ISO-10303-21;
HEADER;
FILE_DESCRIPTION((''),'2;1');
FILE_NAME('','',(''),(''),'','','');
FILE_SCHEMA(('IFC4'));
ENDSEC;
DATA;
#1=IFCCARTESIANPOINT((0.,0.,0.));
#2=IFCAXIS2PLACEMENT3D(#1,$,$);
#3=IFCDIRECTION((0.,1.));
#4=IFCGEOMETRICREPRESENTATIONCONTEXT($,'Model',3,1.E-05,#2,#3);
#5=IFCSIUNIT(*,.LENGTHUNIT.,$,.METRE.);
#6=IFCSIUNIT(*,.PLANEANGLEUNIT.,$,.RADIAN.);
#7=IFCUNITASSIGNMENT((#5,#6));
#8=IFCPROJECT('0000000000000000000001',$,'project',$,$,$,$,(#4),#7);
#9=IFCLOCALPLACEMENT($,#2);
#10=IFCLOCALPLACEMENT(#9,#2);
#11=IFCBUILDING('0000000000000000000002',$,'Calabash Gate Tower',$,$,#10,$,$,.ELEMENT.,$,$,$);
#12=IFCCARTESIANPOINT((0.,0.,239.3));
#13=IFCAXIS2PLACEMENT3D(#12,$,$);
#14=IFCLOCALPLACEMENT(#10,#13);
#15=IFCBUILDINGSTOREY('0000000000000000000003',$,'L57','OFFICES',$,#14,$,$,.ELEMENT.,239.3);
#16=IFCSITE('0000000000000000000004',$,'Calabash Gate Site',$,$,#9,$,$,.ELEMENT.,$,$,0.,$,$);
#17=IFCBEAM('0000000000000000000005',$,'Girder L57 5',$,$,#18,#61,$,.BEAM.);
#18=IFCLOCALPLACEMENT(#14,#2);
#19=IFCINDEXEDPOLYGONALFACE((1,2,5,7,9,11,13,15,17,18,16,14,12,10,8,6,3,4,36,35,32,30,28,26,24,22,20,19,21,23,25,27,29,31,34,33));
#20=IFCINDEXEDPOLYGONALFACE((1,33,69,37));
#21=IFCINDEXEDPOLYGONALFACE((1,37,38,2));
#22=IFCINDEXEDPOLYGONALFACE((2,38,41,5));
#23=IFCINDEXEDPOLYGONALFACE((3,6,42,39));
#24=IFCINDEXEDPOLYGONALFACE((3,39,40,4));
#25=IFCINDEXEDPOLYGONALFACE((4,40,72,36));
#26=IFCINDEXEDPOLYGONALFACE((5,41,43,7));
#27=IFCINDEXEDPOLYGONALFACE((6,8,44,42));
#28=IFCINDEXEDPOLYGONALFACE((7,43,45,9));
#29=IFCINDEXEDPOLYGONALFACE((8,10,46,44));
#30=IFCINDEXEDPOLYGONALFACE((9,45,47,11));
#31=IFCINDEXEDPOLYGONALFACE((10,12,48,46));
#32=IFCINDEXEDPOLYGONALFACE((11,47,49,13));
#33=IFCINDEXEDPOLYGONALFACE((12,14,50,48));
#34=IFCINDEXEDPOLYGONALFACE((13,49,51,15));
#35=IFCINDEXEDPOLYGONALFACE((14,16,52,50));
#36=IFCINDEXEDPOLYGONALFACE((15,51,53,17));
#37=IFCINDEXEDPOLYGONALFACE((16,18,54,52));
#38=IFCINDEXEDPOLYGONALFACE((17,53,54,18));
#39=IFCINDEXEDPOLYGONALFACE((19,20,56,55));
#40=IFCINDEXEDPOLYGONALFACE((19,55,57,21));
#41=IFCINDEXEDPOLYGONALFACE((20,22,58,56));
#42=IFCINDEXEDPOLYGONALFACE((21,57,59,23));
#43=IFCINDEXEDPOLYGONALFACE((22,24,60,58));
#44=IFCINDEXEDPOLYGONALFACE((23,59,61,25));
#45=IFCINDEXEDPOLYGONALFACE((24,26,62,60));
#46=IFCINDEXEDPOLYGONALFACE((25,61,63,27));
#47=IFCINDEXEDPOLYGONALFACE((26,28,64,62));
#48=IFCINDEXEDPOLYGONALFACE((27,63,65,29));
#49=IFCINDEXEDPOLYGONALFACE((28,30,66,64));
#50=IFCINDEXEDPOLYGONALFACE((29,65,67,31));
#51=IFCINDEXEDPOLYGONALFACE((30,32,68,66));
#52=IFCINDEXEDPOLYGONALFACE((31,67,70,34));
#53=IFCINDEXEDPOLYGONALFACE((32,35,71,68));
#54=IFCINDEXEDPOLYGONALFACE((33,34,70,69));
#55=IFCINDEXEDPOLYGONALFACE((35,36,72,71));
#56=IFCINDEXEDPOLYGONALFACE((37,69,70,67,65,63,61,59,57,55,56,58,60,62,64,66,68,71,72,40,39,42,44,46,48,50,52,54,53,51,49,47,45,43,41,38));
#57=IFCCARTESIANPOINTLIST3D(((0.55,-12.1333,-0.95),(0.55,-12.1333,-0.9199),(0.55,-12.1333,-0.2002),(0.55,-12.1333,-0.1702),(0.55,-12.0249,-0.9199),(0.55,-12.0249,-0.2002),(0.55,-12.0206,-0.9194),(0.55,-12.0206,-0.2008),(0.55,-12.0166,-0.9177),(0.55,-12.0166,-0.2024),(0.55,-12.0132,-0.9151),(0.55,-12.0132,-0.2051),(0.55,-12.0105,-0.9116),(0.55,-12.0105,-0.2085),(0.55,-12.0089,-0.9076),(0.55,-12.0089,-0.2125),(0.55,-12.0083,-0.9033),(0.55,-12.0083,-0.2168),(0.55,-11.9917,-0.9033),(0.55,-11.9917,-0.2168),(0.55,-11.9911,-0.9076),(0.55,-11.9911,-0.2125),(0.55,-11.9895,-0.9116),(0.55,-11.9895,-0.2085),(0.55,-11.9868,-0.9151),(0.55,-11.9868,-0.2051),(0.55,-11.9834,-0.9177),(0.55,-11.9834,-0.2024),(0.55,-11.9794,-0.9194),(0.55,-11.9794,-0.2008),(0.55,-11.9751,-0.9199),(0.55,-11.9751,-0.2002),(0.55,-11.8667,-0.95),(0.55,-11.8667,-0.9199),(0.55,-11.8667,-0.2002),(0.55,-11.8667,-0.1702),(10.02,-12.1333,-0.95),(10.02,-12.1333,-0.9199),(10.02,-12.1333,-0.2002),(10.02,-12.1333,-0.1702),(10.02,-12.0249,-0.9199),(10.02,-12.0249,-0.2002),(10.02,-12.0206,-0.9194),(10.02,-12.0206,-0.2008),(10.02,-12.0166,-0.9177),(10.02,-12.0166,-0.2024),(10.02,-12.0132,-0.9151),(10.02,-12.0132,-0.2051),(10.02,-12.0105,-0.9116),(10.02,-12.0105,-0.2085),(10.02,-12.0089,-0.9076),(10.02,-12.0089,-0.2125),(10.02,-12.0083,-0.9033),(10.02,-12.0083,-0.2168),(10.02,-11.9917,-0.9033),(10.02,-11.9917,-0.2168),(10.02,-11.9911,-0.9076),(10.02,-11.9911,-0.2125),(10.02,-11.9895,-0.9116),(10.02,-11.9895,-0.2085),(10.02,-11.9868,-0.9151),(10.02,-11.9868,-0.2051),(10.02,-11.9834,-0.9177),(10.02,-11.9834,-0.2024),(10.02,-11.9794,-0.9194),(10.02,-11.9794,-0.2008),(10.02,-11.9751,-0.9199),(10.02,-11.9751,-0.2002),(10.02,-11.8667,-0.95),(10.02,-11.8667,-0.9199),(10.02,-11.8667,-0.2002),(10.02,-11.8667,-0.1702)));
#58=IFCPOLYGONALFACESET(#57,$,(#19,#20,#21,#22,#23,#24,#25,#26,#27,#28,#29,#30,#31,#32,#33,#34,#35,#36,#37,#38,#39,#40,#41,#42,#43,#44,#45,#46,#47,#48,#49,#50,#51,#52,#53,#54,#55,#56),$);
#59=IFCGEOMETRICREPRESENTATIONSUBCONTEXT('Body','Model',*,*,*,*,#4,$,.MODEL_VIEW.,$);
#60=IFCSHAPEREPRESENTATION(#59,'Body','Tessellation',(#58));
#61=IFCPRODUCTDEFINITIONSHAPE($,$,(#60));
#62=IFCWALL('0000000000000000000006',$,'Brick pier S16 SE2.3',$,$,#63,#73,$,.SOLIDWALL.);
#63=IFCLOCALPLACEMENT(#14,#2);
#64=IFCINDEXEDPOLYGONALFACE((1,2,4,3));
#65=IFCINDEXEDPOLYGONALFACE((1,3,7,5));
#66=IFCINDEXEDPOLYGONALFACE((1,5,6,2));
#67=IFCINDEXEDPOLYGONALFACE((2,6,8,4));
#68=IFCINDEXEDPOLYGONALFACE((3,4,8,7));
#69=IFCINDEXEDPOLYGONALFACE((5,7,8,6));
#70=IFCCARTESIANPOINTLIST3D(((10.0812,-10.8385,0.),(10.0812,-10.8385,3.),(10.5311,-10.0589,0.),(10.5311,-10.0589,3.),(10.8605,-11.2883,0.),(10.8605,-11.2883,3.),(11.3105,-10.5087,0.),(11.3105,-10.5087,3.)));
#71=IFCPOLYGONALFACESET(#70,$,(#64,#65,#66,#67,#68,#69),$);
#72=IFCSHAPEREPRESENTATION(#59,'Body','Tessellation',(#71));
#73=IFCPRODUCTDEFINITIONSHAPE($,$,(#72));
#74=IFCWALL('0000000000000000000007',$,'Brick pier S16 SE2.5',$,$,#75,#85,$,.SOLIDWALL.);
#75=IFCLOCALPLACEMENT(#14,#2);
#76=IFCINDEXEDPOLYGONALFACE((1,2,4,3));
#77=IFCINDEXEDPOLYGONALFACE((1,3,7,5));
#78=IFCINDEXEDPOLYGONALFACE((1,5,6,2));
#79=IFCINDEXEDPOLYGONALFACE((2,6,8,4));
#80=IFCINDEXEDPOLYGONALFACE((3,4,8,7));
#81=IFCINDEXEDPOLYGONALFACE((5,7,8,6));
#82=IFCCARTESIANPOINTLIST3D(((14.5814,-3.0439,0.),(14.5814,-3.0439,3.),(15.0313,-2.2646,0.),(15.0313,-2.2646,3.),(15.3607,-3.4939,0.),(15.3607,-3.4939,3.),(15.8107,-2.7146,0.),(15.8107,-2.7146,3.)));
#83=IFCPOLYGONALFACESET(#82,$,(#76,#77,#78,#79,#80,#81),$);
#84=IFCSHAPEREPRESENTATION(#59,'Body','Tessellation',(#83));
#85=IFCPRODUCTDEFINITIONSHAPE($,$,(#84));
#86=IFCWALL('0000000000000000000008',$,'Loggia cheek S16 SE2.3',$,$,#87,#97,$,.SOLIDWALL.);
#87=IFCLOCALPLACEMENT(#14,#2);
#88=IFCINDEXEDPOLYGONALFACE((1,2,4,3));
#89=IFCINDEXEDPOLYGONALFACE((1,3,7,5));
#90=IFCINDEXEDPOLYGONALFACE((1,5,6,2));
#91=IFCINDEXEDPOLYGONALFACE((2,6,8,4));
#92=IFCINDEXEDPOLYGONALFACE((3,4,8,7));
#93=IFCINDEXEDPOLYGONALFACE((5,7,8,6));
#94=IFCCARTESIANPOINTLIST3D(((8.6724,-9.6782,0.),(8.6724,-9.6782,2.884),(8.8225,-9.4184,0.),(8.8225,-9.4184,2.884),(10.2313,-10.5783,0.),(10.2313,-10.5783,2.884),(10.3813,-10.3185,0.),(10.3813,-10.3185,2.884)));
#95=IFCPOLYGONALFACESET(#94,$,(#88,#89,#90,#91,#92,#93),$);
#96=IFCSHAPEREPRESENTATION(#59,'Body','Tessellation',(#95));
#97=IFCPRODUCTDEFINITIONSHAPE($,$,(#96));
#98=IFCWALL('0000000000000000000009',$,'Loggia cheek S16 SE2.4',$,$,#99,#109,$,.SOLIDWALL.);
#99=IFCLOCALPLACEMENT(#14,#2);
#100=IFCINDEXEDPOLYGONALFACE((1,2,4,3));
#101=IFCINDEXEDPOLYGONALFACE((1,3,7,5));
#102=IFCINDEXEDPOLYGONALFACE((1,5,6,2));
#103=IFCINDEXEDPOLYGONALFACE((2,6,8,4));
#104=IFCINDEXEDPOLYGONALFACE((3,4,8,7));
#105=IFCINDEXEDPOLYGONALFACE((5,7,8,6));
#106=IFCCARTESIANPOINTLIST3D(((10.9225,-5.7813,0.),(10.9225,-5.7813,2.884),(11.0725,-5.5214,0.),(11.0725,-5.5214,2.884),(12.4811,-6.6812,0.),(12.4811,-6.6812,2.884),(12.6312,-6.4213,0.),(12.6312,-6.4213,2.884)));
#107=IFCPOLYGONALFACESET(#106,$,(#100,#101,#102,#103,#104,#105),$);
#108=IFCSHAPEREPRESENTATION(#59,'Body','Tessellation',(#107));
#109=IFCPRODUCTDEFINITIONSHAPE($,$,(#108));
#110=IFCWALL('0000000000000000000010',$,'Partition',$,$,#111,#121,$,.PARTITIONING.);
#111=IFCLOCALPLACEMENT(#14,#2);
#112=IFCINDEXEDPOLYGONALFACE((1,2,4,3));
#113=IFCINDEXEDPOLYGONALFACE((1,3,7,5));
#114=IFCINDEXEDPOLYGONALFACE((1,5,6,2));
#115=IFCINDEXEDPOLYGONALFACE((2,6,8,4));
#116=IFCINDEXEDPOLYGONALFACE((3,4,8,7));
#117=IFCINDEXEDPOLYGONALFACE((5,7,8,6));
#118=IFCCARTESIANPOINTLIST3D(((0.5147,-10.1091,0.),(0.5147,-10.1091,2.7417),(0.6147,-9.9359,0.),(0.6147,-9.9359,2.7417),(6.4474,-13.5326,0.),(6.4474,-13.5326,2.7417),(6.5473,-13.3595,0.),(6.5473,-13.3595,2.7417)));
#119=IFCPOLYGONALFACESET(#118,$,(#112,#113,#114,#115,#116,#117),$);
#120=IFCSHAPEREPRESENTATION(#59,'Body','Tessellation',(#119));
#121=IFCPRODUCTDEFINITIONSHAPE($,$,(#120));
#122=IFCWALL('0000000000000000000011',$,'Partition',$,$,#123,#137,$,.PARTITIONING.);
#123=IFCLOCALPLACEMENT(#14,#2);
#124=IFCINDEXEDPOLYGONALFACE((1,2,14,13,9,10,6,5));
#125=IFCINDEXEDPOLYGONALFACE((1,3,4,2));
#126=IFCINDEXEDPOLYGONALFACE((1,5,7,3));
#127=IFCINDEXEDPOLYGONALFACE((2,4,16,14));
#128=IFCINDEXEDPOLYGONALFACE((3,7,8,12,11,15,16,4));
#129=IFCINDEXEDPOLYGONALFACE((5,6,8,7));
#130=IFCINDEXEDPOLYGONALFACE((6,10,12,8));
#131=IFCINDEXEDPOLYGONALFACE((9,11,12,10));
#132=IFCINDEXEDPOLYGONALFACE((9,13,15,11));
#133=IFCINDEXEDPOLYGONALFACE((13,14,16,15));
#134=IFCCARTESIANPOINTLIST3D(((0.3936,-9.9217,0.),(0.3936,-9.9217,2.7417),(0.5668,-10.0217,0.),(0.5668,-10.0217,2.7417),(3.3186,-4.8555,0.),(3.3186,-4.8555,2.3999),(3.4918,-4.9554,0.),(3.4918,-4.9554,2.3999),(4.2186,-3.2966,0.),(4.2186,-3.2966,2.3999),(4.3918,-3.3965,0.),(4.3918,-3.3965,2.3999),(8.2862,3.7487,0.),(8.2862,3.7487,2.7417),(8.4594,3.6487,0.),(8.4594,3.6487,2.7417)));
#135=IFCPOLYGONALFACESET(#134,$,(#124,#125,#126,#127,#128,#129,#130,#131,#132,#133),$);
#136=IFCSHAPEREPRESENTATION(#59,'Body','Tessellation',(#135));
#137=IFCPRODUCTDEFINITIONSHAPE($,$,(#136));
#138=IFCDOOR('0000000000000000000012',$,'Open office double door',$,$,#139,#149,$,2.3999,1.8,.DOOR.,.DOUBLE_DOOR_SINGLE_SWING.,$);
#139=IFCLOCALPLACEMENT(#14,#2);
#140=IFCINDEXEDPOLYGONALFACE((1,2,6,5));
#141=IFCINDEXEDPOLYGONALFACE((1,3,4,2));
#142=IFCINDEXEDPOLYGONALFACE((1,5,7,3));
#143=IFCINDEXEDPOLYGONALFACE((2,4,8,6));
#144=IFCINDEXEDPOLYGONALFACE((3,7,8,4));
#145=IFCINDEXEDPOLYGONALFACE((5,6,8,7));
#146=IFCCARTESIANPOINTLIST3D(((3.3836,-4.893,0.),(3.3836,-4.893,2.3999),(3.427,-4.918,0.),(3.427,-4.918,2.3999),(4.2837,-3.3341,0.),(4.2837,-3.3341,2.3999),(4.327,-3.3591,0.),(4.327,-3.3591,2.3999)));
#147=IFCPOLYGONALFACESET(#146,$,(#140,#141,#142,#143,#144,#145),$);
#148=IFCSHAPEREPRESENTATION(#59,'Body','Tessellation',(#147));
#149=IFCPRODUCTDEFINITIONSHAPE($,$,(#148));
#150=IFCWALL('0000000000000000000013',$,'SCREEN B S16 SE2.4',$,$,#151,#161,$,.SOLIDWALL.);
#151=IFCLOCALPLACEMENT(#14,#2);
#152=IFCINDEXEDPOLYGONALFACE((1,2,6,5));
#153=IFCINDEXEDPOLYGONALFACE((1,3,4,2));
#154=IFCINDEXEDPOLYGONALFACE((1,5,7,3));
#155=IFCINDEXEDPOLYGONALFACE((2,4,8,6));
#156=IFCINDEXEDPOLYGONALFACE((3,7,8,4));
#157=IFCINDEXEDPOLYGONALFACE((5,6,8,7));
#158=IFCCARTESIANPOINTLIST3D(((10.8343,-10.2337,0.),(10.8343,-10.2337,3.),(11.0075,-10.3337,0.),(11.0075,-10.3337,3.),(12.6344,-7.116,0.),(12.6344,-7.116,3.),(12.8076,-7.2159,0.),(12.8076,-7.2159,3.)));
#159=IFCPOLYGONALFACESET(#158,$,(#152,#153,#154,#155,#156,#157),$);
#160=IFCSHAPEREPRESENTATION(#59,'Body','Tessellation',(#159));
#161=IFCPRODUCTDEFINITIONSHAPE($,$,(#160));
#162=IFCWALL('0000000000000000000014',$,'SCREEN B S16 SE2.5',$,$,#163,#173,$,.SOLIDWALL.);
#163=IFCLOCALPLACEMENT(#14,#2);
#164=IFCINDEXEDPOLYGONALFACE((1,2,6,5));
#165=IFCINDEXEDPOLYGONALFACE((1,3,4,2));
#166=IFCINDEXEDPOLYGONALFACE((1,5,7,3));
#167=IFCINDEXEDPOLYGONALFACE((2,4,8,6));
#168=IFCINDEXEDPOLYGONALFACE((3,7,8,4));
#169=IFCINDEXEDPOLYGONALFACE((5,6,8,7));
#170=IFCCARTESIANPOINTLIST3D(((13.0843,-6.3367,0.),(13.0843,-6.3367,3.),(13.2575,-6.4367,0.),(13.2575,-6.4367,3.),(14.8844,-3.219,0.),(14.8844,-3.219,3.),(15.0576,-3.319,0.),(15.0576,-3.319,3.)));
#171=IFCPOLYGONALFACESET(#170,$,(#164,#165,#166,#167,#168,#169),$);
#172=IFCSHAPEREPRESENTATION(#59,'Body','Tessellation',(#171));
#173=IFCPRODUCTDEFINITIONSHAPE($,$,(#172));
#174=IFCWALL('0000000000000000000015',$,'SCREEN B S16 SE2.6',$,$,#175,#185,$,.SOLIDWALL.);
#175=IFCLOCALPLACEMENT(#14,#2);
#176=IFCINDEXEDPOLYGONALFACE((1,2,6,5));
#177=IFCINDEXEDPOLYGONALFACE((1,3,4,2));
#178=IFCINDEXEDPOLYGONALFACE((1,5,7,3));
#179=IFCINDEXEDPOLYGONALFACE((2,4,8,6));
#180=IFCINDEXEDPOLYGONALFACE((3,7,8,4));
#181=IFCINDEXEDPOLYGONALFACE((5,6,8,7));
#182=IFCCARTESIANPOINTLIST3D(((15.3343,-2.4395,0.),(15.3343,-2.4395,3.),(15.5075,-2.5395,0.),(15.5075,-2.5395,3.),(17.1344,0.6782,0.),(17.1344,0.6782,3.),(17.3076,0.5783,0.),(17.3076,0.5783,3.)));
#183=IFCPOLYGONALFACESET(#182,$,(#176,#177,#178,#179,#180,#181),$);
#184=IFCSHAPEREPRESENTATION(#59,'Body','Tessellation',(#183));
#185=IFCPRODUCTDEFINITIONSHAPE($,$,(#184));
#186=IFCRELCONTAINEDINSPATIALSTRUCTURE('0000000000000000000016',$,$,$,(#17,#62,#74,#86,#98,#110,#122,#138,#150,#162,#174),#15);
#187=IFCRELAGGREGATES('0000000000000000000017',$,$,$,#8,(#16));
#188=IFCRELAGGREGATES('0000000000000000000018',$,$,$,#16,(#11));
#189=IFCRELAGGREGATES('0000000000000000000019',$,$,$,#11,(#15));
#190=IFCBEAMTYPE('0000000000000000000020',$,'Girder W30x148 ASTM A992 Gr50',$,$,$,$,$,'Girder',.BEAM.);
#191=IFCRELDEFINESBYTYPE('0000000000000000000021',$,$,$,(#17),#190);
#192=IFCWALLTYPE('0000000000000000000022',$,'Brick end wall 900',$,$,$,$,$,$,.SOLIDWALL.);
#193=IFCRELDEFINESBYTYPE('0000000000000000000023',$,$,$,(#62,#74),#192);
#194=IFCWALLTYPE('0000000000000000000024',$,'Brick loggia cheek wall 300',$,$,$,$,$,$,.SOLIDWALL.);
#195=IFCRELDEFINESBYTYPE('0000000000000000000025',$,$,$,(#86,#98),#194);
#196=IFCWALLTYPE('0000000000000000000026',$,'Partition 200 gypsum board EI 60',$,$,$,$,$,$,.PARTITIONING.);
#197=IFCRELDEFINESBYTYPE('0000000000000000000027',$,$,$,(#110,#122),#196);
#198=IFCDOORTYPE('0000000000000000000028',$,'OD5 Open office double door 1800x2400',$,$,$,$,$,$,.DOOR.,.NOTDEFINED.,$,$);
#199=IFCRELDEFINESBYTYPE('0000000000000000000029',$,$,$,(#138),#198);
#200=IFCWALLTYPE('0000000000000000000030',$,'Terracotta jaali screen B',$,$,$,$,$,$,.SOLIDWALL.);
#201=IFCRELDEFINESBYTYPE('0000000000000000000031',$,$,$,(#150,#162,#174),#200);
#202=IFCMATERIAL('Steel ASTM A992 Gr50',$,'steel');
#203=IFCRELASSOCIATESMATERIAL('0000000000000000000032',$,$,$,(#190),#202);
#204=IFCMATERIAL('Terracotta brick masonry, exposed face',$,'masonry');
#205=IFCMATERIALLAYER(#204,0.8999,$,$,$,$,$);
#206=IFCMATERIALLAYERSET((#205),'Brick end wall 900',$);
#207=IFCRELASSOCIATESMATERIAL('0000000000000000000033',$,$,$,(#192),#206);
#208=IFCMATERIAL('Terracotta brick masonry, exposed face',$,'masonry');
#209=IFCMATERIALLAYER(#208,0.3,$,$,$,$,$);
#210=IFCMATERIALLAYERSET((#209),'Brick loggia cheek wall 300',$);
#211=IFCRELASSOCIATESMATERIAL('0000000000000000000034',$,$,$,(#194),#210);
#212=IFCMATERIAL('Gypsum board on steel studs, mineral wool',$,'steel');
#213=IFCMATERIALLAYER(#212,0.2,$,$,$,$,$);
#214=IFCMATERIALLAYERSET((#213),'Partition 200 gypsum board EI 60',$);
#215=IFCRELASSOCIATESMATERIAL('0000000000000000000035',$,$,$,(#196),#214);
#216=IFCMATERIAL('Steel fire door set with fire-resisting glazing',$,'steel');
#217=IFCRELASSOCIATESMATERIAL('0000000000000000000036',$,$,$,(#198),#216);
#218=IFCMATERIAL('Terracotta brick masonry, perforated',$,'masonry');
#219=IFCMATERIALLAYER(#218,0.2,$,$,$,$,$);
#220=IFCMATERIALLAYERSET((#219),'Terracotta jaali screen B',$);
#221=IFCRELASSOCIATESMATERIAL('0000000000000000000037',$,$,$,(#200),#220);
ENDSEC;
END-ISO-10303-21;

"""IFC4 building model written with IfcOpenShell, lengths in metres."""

from ifc_helpers import new_model, si_unit, direction, frame, frame_2d, origin, origin_2d, place, context, subcontext, project, spatial, rectangle, i_section, extrude, material, layer, layer_set, material_profile, profile_set, type_object, element, fill, save


model = new_model("IFC4")

# Units and contexts
model_context = context("Model", 3, precision=1e-05, world=origin(), true_north=direction((0.0, 1.0)))
body_context = subcontext(model_context, "Body", "Model", "MODEL_VIEW")
ifc_project = project(units=[si_unit("LENGTHUNIT", "METRE"), si_unit("PLANEANGLEUNIT", "RADIAN")], contexts=[model_context])

# Site, building, storey
site_placement = place(None, origin())
site = spatial("IfcSite", under=ifc_project, at=site_placement, Name="Calabash Gate Site", CompositionType="ELEMENT", RefElevation=0.0)
building_placement = place(site_placement, origin())
building = spatial("IfcBuilding", under=site, at=building_placement, Name="Calabash Gate Tower", CompositionType="ELEMENT")
storey_placement = place(building_placement, frame((0.0, 0.0, 239.3)))
storey = spatial("IfcBuildingStorey", under=building, at=storey_placement, Name="L57", Description="OFFICES", CompositionType="ELEMENT", Elevation=239.3)

# Beam
ifc_material_1 = material(Name="Steel ASTM A992 Gr50", Category="steel")
ifc_material_profile_1 = material_profile(ifc_material_1, i_section(OverallWidth=0.2666, OverallDepth=0.7798, WebThickness=0.0166, FlangeThickness=0.03, FilletRadius=0.0166, at=origin_2d()))
ifc_profile_set_1 = profile_set([ifc_material_profile_1], Name="Steel ASTM A992 Gr50")
beam_type_1 = type_object("IfcBeamType", Name="Girder W30x148 ASTM A992 Gr50", ElementType="Girder", PredefinedType="BEAM", material=ifc_profile_set_1)
beam_1_placement = place(storey_placement, frame((0.55, -12.0, -0.5601), z_axis=(1.0, 0.0, 0.0), x_axis=(0.0, 1.0, 0.0)))
element("IfcBeam", 1, at=beam_1_placement, inside=storey, type_object=beam_type_1, Name="Girder L57 5", PredefinedType="BEAM", context=body_context, shape_type="SweptSolid", body=[
    extrude(i_section(OverallWidth=0.2666, OverallDepth=0.7798, WebThickness=0.0166, FlangeThickness=0.03, FilletRadius=0.0166, at=origin_2d()), origin(), (0.0, 0.0, 1.0), 9.47),
])

# Walls
ifc_material_2 = material(Name="Terracotta brick masonry, exposed face", Category="masonry")
ifc_layer_1 = layer(ifc_material_2, 0.8999)
ifc_layer_set_1 = layer_set([ifc_layer_1], Name="Brick end wall 900")
wall_type_1 = type_object("IfcWallType", Name="Brick end wall 900", PredefinedType="SOLIDWALL", material=ifc_layer_set_1)
wall_1_placement = place(storey_placement, frame((10.9209, -10.2837, 0.0), z_axis=(0.0, 0.0, 1.0), x_axis=(-0.499902, -0.866082, 0.0)))
element("IfcWall", 2, at=wall_1_placement, inside=storey, type_object=wall_type_1, Name="Brick pier S16 SE2.3", PredefinedType="SOLIDWALL", context=body_context, shape_type="SweptSolid", body=[
    extrude(rectangle(XDim=0.9001, YDim=0.8999, at=frame_2d((0.4502, 0.0))), origin(), (0.0, 0.0, 1.0), 3.0),
])
wall_2_placement = place(storey_placement, frame((15.5857, -3.1042, 0.0), z_axis=(0.0, 0.0, 1.0), x_axis=(-0.866014, 0.50002, 0.0)))
element("IfcWall", 3, at=wall_2_placement, inside=storey, type_object=wall_type_1, Name="Brick pier S16 SE2.5", PredefinedType="SOLIDWALL", context=body_context, shape_type="SweptSolid", body=[
    extrude(rectangle(XDim=0.8999, YDim=0.8999, at=frame_2d((0.45, 0.0))), origin(), (0.0, 0.0, 1.0), 3.0),
])
ifc_material_3 = material(Name="Terracotta brick masonry, exposed face", Category="masonry")
ifc_layer_2 = layer(ifc_material_3, 0.3)
ifc_layer_set_2 = layer_set([ifc_layer_2], Name="Brick loggia cheek wall 300")
wall_type_2 = type_object("IfcWallType", Name="Brick loggia cheek wall 300", PredefinedType="SOLIDWALL", material=ifc_layer_set_2)
wall_3_placement = place(storey_placement, frame((8.7476, -9.5483, 0.0), z_axis=(0.0, 0.0, 1.0), x_axis=(0.865989, -0.500063, 0.0)))
element("IfcWall", 4, at=wall_3_placement, inside=storey, type_object=wall_type_2, Name="Loggia cheek S16 SE2.3", PredefinedType="SOLIDWALL", context=body_context, shape_type="SweptSolid", body=[
    extrude(rectangle(XDim=1.8, YDim=0.3, at=frame_2d((0.8999, 0.0))), origin(), (0.0, 0.0, 1.0), 2.884),
])
wall_4_placement = place(storey_placement, frame((12.5562, -6.5513, 0.0), z_axis=(0.0, 0.0, 1.0), x_axis=(-0.866014, 0.50002, 0.0)))
element("IfcWall", 5, at=wall_4_placement, inside=storey, type_object=wall_type_2, Name="Loggia cheek S16 SE2.4", PredefinedType="SOLIDWALL", context=body_context, shape_type="SweptSolid", body=[
    extrude(rectangle(XDim=1.7998, YDim=0.3, at=frame_2d((0.8999, 0.0))), origin(), (0.0, 0.0, 1.0), 2.884),
])
ifc_material_4 = material(Name="Gypsum board on steel studs, mineral wool", Category="steel")
ifc_layer_3 = layer(ifc_material_4, 0.2)
ifc_layer_set_3 = layer_set([ifc_layer_3], Name="Partition 200 gypsum board EI 60")
wall_type_3 = type_object("IfcWallType", Name="Partition 200 gypsum board EI 60", PredefinedType="PARTITIONING", material=ifc_layer_set_3)
wall_5_placement = place(storey_placement, frame((0.5647, -10.0225, 0.0), z_axis=(0.0, 0.0, 1.0), x_axis=(0.866127, -0.499823, 0.0)))
element("IfcWall", 6, at=wall_5_placement, inside=storey, type_object=wall_type_3, Name="Partition", PredefinedType="PARTITIONING", context=body_context, shape_type="SweptSolid", body=[
    extrude(rectangle(XDim=6.8496, YDim=0.2, at=frame_2d((3.4248, 0.0))), origin(), (0.0, 0.0, 1.0), 2.7417),
])

# Wall, opening, door
wall_6_placement = place(storey_placement, frame((0.4802, -9.9717, 0.0), z_axis=(0.0, 0.0, 1.0), x_axis=(0.499998, 0.866026, 0.0)))
wall_6 = element("IfcWall", 7, at=wall_6_placement, inside=storey, type_object=wall_type_3, Name="Partition", PredefinedType="PARTITIONING", context=body_context, shape_type="SweptSolid", body=[
    extrude(rectangle(XDim=15.7852, YDim=0.2, at=frame_2d((7.8926, 0.0))), origin(), (0.0, 0.0, 1.0), 2.7417),
])
opening_1_placement = place(wall_6_placement, frame((5.8501, 0.0, 0.0)))
opening_1 = element("IfcOpeningElement", 8, at=opening_1_placement, cuts=wall_6, PredefinedType="OPENING", context=body_context, shape_type="SweptSolid", body=[
    extrude(rectangle(XDim=1.8, YDim=2.3999, at=frame_2d((0.8999, 1.2))), frame((0.0, 0.1099, 0.0), z_axis=(0.0, -1.0, 0.0), x_axis=(1.0, 0.0, 0.0)), (0.0, 0.0, 1.0), 0.22),
])
ifc_material_5 = material(Name="Steel fire door set with fire-resisting glazing", Category="steel")
door_type_1 = type_object("IfcDoorType", Name="OD5 Open office double door 1800x2400", OperationType="NOTDEFINED", PredefinedType="DOOR", material=ifc_material_5)
door_1_placement = place(opening_1_placement, origin())
door_1 = element("IfcDoor", 9, at=door_1_placement, inside=storey, type_object=door_type_1, Name="Open office double door", OperationType="DOUBLE_DOOR_SINGLE_SWING", OverallHeight=2.3999, OverallWidth=1.8, PredefinedType="DOOR", context=body_context, shape_type="SweptSolid", body=[
    extrude(rectangle(XDim=1.8, YDim=2.3999, at=frame_2d((0.8999, 1.2))), frame((0.0, 0.0249, 0.0), z_axis=(0.0, -1.0, 0.0), x_axis=(1.0, 0.0, 0.0)), (0.0, 0.0, 1.0), 0.05),
])
fill(opening_1, door_1)

# Walls
ifc_material_6 = material(Name="Terracotta brick masonry, perforated", Category="masonry")
ifc_layer_4 = layer(ifc_material_6, 0.2)
ifc_layer_set_4 = layer_set([ifc_layer_4], Name="Terracotta jaali screen B")
wall_type_4 = type_object("IfcWallType", Name="Terracotta jaali screen B", PredefinedType="SOLIDWALL", material=ifc_layer_set_4)
for number, where, z_axis, x_axis, name in (
    (10, (10.9209, -10.2837, 0.0), (0.0, 0.0, 1.0), (0.500012, 0.866018, 0.0), "SCREEN B S16 SE2.4"),
    (11, (13.1709, -6.3867, 0.0), (0.0, 0.0, 1.0), (0.500012, 0.866018, 0.0), "SCREEN B S16 SE2.5"),
    (12, (15.4209, -2.4895, 0.0), (0.0, 0.0, 1.0), (0.500012, 0.866018, 0.0), "SCREEN B S16 SE2.6"),
):
    element("IfcWall", number, at=place(storey_placement, frame(where, z_axis=z_axis, x_axis=x_axis)), inside=storey, type_object=wall_type_4, Name=name, PredefinedType="SOLIDWALL", context=body_context, shape_type="SweptSolid", body=[
        extrude(rectangle(XDim=3.6001, YDim=0.2, at=frame_2d((1.8, 0.0))), origin(), (0.0, 0.0, 1.0), 3.0),
    ])

save(model, "model.ifc")
